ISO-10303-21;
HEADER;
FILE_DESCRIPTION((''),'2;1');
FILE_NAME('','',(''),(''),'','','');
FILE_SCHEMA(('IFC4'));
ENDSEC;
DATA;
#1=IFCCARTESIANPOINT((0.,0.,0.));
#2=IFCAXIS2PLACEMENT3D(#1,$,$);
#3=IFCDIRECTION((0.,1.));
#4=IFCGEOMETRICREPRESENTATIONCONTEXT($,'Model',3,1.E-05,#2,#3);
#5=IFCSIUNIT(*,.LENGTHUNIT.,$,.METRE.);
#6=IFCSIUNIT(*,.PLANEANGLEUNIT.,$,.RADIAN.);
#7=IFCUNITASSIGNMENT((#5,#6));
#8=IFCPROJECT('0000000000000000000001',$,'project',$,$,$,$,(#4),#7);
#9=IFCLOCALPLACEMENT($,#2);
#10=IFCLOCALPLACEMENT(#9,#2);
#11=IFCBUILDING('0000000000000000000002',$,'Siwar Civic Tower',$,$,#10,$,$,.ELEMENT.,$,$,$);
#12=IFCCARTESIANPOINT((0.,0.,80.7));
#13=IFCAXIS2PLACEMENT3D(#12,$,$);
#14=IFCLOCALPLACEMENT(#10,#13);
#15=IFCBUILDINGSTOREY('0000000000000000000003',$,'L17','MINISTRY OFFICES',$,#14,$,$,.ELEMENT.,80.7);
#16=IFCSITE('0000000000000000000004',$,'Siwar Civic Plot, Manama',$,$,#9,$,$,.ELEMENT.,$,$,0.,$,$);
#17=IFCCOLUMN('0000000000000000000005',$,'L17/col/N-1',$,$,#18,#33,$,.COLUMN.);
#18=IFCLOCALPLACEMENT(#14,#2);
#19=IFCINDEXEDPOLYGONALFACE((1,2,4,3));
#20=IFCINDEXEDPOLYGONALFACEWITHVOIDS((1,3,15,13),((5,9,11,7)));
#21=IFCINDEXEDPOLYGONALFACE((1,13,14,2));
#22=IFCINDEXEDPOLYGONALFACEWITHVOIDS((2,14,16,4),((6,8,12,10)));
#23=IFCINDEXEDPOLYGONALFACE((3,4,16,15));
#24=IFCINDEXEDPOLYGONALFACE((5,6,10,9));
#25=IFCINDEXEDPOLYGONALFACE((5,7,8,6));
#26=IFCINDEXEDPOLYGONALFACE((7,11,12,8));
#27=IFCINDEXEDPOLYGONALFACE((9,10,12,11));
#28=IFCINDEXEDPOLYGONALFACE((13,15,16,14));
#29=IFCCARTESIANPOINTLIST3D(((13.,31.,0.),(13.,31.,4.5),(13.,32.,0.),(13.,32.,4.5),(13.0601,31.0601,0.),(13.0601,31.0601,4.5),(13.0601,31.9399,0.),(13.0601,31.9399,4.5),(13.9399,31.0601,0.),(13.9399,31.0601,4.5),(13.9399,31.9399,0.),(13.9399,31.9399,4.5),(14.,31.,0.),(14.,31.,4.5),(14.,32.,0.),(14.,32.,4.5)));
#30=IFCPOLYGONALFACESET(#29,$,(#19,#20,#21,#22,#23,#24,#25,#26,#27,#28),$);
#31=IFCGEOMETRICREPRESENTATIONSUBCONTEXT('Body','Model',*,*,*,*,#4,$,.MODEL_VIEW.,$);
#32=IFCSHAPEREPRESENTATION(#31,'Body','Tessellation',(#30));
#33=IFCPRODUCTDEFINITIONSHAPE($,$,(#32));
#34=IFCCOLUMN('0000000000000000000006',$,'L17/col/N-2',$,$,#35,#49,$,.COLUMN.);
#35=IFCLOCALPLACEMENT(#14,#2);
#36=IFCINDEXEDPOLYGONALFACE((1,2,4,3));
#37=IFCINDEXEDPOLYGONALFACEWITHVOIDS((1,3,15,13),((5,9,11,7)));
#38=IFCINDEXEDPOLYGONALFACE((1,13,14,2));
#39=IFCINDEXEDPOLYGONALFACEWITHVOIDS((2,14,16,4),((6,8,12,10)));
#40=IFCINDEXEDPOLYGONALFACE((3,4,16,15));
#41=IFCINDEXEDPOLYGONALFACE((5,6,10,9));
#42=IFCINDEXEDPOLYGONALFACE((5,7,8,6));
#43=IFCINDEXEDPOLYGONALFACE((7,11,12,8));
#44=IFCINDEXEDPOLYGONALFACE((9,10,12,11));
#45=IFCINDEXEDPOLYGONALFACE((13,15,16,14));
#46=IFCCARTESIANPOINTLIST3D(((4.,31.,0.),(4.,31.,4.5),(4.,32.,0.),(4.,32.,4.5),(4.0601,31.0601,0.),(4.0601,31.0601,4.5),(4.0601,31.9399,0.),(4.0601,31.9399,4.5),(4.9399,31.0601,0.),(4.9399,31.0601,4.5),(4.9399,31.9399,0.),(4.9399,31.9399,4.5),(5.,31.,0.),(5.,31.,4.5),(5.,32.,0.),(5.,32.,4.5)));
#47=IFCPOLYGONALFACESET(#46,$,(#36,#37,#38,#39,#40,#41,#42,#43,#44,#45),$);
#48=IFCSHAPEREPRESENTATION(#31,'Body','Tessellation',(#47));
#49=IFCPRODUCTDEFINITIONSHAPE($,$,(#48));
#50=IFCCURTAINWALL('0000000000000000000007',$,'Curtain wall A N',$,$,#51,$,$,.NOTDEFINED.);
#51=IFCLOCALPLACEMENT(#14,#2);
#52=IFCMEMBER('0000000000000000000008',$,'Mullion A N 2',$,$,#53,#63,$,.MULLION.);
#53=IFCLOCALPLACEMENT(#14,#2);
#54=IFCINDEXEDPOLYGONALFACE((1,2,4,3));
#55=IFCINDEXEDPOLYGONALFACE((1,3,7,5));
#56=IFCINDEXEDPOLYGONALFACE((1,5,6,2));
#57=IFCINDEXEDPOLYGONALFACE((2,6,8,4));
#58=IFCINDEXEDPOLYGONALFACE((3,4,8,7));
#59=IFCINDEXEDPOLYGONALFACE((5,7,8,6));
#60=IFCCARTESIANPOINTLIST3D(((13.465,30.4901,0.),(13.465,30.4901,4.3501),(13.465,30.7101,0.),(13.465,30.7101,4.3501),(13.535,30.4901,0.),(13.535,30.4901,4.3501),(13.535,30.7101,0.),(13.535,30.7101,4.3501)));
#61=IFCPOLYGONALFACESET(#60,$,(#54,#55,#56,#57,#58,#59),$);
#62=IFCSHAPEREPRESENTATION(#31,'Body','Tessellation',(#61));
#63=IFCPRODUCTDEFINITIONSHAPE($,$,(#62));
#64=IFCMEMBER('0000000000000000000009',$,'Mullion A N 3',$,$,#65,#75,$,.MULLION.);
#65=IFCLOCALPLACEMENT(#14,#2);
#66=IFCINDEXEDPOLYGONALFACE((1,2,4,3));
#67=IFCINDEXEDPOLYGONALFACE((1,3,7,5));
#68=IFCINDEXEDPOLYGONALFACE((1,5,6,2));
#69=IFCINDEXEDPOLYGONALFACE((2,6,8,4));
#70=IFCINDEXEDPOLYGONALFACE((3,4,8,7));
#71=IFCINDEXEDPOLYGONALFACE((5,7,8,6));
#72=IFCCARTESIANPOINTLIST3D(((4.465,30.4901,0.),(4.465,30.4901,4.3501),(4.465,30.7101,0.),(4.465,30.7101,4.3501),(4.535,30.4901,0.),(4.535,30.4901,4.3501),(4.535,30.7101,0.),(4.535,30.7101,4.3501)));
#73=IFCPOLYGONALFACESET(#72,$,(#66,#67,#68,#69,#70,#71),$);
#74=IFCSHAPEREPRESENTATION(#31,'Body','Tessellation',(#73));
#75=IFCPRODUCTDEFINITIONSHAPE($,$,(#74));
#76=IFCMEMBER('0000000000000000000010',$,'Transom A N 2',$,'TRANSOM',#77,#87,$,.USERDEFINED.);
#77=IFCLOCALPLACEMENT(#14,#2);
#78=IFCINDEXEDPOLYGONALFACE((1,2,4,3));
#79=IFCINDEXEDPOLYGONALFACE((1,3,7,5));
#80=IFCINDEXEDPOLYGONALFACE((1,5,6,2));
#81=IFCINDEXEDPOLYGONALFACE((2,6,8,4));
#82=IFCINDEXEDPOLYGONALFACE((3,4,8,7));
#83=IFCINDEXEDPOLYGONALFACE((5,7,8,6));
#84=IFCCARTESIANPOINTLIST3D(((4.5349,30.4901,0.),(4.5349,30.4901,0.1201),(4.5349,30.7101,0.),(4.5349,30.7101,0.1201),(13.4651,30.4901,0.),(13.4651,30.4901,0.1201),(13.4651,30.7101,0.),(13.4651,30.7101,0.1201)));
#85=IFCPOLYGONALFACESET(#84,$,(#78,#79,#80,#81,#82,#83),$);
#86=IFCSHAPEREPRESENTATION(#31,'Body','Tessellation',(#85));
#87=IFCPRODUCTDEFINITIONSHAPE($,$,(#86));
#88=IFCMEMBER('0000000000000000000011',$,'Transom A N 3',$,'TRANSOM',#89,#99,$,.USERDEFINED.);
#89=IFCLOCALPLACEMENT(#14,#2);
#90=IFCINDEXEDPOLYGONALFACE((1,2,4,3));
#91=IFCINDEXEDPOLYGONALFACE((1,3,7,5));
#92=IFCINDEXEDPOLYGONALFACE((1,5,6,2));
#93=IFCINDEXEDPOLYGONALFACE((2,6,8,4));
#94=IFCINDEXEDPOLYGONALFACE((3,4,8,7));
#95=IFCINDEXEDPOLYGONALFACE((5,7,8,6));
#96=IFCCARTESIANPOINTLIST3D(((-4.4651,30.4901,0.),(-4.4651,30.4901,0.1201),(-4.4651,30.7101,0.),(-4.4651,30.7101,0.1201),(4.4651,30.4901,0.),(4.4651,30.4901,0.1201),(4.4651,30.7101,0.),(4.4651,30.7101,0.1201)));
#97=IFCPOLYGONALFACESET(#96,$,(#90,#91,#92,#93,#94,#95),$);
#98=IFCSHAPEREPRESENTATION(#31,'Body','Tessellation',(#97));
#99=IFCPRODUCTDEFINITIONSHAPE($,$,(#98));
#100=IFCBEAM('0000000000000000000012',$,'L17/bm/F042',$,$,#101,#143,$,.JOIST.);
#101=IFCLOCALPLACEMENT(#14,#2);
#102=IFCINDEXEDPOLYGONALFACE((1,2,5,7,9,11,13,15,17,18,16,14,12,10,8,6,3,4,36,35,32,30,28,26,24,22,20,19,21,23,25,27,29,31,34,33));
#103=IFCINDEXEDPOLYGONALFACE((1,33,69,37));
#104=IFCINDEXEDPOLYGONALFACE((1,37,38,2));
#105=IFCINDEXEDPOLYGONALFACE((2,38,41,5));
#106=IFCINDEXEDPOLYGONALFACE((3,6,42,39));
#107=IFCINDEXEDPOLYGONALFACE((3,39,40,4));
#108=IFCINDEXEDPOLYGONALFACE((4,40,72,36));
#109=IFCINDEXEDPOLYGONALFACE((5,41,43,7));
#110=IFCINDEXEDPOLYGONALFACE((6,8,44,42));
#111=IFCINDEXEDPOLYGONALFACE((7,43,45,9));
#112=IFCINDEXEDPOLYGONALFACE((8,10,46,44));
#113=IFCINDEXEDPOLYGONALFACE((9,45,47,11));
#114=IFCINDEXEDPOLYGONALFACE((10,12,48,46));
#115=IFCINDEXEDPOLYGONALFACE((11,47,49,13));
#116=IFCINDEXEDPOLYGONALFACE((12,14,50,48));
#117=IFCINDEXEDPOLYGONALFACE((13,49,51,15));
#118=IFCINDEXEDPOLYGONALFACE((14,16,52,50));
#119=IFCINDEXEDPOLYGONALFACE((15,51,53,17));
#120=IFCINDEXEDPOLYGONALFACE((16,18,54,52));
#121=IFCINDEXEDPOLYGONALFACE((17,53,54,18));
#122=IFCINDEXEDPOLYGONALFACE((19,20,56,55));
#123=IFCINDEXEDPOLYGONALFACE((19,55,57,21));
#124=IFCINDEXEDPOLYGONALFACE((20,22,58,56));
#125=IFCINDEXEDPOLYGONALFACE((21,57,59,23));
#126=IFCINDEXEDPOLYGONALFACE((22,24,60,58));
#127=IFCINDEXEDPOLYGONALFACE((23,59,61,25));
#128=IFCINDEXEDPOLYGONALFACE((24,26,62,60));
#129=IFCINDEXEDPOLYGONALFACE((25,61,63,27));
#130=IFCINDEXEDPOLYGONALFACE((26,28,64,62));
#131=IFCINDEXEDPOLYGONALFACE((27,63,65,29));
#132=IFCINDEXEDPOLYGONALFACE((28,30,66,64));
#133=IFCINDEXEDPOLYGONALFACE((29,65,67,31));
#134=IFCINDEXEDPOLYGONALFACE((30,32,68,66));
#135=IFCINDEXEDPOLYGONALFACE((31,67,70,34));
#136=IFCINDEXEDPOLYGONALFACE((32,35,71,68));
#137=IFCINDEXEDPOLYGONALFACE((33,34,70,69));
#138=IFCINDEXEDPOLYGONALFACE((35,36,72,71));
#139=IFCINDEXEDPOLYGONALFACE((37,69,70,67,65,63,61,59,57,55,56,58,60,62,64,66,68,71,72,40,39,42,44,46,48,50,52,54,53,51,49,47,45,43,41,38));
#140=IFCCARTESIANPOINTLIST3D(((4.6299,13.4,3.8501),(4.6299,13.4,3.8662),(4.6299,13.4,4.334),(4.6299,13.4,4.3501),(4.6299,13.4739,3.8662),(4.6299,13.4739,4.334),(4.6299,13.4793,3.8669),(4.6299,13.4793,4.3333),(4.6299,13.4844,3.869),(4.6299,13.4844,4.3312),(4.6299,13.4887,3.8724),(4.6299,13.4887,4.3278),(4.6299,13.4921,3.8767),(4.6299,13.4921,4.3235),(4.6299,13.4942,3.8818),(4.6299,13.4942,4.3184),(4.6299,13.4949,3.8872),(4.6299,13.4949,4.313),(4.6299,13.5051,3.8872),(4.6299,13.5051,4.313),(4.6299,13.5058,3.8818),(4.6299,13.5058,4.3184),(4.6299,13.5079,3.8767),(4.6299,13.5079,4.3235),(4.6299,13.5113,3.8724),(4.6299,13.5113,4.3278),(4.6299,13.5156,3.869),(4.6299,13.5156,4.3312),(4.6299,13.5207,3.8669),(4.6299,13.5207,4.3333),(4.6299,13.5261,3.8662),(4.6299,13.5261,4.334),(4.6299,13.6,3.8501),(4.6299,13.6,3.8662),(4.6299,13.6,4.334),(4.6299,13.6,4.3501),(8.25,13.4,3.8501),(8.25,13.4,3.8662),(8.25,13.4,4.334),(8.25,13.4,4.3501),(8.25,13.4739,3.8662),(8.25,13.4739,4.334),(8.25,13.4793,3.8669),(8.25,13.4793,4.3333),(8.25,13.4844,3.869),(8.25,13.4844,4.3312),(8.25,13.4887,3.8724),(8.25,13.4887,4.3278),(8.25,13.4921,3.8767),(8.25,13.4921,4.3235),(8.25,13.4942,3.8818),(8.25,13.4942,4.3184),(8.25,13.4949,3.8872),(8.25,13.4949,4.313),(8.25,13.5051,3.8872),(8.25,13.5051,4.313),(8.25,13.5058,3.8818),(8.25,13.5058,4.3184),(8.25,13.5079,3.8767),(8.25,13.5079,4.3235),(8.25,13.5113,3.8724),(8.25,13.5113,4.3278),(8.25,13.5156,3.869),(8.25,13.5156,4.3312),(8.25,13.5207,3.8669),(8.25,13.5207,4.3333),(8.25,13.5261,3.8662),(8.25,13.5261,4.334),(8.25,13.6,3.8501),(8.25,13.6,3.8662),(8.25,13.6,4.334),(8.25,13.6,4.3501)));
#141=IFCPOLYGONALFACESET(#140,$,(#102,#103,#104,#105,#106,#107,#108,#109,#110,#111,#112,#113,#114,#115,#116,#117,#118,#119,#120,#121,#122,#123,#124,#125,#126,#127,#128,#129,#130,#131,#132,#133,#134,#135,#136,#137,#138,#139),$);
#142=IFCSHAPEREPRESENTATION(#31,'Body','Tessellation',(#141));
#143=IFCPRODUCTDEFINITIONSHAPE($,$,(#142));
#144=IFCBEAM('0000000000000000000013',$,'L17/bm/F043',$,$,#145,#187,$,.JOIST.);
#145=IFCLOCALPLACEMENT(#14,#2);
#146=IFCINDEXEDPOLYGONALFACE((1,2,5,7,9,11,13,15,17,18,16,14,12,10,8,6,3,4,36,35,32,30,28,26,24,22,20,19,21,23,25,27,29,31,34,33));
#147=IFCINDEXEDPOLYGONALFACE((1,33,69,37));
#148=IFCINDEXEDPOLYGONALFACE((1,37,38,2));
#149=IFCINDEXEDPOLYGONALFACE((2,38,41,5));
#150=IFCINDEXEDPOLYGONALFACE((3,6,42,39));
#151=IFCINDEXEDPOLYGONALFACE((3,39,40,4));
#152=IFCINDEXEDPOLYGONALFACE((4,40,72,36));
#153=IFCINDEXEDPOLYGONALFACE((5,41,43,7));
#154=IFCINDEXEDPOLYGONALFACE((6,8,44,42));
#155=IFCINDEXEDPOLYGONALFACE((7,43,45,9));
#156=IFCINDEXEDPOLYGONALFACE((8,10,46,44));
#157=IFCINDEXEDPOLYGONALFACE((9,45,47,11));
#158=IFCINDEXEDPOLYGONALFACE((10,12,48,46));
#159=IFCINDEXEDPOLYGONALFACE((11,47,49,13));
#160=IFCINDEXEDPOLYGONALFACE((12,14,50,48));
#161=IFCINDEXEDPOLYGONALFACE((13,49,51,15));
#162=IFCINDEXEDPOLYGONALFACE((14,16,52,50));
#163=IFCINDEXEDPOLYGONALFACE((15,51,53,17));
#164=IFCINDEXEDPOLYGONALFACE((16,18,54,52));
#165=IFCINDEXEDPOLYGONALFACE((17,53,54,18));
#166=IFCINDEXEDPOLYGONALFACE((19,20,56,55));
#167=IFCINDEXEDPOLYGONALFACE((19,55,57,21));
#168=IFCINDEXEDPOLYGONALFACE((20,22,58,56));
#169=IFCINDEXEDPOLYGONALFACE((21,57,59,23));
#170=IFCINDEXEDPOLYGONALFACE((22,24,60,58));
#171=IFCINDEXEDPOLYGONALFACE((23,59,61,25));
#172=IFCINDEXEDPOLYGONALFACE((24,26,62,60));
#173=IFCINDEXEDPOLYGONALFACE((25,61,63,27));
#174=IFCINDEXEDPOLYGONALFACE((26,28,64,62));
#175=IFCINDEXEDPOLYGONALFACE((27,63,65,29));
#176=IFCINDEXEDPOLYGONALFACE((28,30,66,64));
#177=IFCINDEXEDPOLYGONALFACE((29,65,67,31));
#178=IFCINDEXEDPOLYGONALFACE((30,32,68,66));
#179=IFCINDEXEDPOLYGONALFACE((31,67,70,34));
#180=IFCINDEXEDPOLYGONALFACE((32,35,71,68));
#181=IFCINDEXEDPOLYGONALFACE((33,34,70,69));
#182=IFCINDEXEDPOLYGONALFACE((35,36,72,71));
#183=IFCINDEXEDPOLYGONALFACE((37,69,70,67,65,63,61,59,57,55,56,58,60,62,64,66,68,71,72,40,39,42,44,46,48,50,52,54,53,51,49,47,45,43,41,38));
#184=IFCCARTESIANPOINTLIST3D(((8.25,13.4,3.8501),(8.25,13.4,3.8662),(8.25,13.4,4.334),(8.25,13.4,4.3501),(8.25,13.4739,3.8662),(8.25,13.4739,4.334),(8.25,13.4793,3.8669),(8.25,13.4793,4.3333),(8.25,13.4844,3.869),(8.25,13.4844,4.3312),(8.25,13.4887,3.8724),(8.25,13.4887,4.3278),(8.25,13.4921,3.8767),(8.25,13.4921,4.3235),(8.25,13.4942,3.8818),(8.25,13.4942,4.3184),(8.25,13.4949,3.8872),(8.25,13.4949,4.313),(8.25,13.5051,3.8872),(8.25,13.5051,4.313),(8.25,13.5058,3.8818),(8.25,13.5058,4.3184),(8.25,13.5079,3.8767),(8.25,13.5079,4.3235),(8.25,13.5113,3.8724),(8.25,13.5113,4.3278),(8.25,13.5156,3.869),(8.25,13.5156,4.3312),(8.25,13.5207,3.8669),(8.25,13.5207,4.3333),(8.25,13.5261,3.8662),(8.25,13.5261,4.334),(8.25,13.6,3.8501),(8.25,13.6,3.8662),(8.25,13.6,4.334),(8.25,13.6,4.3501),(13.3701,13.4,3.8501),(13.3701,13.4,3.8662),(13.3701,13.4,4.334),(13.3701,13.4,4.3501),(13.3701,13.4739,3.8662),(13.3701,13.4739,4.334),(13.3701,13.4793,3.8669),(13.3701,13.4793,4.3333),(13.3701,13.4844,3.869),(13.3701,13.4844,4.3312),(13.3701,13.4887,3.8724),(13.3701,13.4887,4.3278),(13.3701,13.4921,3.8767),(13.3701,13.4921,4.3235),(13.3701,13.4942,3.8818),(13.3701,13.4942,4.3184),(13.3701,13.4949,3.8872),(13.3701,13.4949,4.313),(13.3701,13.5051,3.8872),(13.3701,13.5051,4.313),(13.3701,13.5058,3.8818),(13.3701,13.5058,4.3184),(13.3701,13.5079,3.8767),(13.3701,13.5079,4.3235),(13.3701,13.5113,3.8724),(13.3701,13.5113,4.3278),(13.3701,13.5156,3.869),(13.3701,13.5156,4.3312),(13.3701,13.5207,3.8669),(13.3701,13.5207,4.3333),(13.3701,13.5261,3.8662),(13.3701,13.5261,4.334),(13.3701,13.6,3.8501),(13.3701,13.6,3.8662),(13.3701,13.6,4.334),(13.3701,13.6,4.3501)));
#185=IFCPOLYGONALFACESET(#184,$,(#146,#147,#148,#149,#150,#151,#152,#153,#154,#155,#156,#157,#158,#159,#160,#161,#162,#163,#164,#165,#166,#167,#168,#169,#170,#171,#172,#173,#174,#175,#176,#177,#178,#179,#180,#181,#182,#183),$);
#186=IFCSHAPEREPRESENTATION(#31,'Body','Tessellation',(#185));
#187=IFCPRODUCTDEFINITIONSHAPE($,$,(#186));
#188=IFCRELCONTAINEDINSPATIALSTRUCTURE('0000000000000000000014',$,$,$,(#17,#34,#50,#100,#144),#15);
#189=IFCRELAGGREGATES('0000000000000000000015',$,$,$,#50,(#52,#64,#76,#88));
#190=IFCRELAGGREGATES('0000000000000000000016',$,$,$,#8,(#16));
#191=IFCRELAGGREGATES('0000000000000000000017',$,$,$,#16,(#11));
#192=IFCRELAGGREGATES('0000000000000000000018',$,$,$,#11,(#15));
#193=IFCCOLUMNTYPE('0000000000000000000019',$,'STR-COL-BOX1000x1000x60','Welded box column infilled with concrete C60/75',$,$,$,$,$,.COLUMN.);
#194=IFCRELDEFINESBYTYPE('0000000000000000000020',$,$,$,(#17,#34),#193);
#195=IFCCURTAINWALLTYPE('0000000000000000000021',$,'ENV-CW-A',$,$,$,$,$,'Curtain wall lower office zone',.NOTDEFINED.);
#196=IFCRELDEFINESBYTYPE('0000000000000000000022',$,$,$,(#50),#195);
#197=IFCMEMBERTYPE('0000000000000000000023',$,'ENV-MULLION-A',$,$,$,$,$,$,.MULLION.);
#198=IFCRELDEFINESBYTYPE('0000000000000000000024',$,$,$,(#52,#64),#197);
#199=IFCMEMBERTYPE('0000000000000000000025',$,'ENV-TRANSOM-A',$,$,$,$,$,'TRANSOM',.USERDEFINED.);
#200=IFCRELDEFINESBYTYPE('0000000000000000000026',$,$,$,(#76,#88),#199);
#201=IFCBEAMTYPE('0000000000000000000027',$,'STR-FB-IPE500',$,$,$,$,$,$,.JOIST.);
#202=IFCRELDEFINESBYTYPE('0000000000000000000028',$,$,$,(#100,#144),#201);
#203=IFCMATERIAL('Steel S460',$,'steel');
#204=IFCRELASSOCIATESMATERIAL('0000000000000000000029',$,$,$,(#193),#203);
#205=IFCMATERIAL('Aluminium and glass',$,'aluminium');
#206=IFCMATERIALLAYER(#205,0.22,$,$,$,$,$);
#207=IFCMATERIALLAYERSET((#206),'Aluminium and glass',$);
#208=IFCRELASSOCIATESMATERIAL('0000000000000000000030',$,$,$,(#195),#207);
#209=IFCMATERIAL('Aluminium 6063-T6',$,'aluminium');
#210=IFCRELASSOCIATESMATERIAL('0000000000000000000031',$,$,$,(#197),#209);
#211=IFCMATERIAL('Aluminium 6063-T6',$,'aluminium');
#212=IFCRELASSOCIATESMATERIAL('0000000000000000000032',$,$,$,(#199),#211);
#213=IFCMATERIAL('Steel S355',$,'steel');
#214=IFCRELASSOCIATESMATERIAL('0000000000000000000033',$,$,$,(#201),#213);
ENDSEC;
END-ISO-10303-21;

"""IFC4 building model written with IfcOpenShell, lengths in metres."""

from ifc_helpers import new_model, si_unit, direction, frame, origin, origin_2d, place, context, subcontext, project, spatial, rectangle, hollow_rectangle, i_section, extrude, material, layer, layer_set, material_profile, profile_set, type_object, element, aggregate, save


model = new_model("IFC4")

# Units and contexts
model_context = context("Model", 3, precision=1e-05, world=origin(), true_north=direction((0.0, 1.0)))
body_context = subcontext(model_context, "Body", "Model", "MODEL_VIEW")
ifc_project = project(units=[si_unit("LENGTHUNIT", "METRE"), si_unit("PLANEANGLEUNIT", "RADIAN")], contexts=[model_context])

# Site, building, storey
site_placement = place(None, origin())
site = spatial("IfcSite", under=ifc_project, at=site_placement, Name="Siwar Civic Plot, Manama", CompositionType="ELEMENT", RefElevation=0.0)
building_placement = place(site_placement, origin())
building = spatial("IfcBuilding", under=site, at=building_placement, Name="Siwar Civic Tower", CompositionType="ELEMENT")
storey_placement = place(building_placement, frame((0.0, 0.0, 80.7)))
storey = spatial("IfcBuildingStorey", under=building, at=storey_placement, Name="L17", Description="MINISTRY OFFICES", CompositionType="ELEMENT", Elevation=80.7)

# Columns
ifc_material_1 = material(Name="Steel S460", Category="steel")
ifc_material_profile_1 = material_profile(ifc_material_1, hollow_rectangle(XDim=1.0, YDim=1.0, WallThickness=0.0601, at=origin_2d()), Name="BOX1000x1000x60")
ifc_profile_set_1 = profile_set([ifc_material_profile_1], Name="Steel S460")
column_type = type_object("IfcColumnType", Name="STR-COL-BOX1000x1000x60", Description="Welded box column infilled with concrete C60/75", PredefinedType="COLUMN", material=ifc_profile_set_1)
for number, where, z_axis, x_axis, name in (
    (1, (13.5, 31.5, 0.0), (0.0, 0.0, 1.0), (1.0, 0.0, 0.0), "L17/col/N-1"),
    (2, (4.5, 31.5, 0.0), (0.0, 0.0, 1.0), (1.0, 0.0, 0.0), "L17/col/N-2"),
):
    element("IfcColumn", number, at=place(storey_placement, frame(where, z_axis=z_axis, x_axis=x_axis)), inside=storey, type_object=column_type, Name=name, PredefinedType="COLUMN", context=body_context, shape_type="SweptSolid", body=[
        extrude(hollow_rectangle(XDim=1.0, YDim=1.0, WallThickness=0.0601, at=origin_2d()), origin(), (0.0, 0.0, 1.0), 4.5),
    ])

# Curtain wall, members
ifc_material_2 = material(Name="Aluminium and glass", Category="aluminium")
ifc_layer_1 = layer(ifc_material_2, 0.22)
ifc_layer_set_1 = layer_set([ifc_layer_1], Name="Aluminium and glass")
curtain_wall_type = type_object("IfcCurtainWallType", Name="ENV-CW-A", ElementType="Curtain wall lower office zone", PredefinedType="NOTDEFINED", material=ifc_layer_set_1)
curtain_wall_placement = place(storey_placement, origin())
curtain_wall = element("IfcCurtainWall", 3, at=curtain_wall_placement, inside=storey, type_object=curtain_wall_type, Name="Curtain wall A N", PredefinedType="NOTDEFINED")
ifc_material_3 = material(Name="Aluminium 6063-T6", Category="aluminium")
ifc_material_profile_2 = material_profile(ifc_material_3, rectangle(XDim=0.22, YDim=0.0701, at=origin_2d()), Name="AL 220x70")
ifc_profile_set_2 = profile_set([ifc_material_profile_2], Name="Aluminium 6063-T6")
member_type_1 = type_object("IfcMemberType", Name="ENV-MULLION-A", PredefinedType="MULLION", material=ifc_profile_set_2)
member_1_placement = place(storey_placement, frame((13.5, 30.6001, 0.0), z_axis=(0.0, 0.0, 1.0), x_axis=(0.0, -1.0, 0.0)))
member_1 = element("IfcMember", 4, at=member_1_placement, type_object=member_type_1, Name="Mullion A N 2", PredefinedType="MULLION", context=body_context, shape_type="SweptSolid", body=[
    extrude(rectangle(XDim=0.22, YDim=0.0701, at=origin_2d()), origin(), (0.0, 0.0, 1.0), 4.3501),
])
member_2_placement = place(storey_placement, frame((4.5, 30.6001, 0.0), z_axis=(0.0, 0.0, 1.0), x_axis=(0.0, -1.0, 0.0)))
member_2 = element("IfcMember", 5, at=member_2_placement, type_object=member_type_1, Name="Mullion A N 3", PredefinedType="MULLION", context=body_context, shape_type="SweptSolid", body=[
    extrude(rectangle(XDim=0.22, YDim=0.0701, at=origin_2d()), origin(), (0.0, 0.0, 1.0), 4.3501),
])
ifc_material_4 = material(Name="Aluminium 6063-T6", Category="aluminium")
ifc_material_profile_3 = material_profile(ifc_material_4, rectangle(XDim=0.22, YDim=0.1201, at=origin_2d()), Name="AL 220x120")
ifc_profile_set_3 = profile_set([ifc_material_profile_3], Name="Aluminium 6063-T6")
member_type_2 = type_object("IfcMemberType", Name="ENV-TRANSOM-A", ElementType="TRANSOM", PredefinedType="USERDEFINED", material=ifc_profile_set_3)
member_3_placement = place(storey_placement, frame((13.4651, 30.6001, 0.0601), z_axis=(-1.0, 0.0, 0.0), x_axis=(0.0, -1.0, 0.0)))
member_3 = element("IfcMember", 6, at=member_3_placement, type_object=member_type_2, Name="Transom A N 2", ObjectType="TRANSOM", PredefinedType="USERDEFINED", context=body_context, shape_type="SweptSolid", body=[
    extrude(rectangle(XDim=0.22, YDim=0.1201, at=origin_2d()), origin(), (0.0, 0.0, 1.0), 8.9302),
])
member_4_placement = place(storey_placement, frame((4.4651, 30.6001, 0.0601), z_axis=(-1.0, 0.0, 0.0), x_axis=(0.0, -1.0, 0.0)))
member_4 = element("IfcMember", 7, at=member_4_placement, type_object=member_type_2, Name="Transom A N 3", ObjectType="TRANSOM", PredefinedType="USERDEFINED", context=body_context, shape_type="SweptSolid", body=[
    extrude(rectangle(XDim=0.22, YDim=0.1201, at=origin_2d()), origin(), (0.0, 0.0, 1.0), 8.9302),
])

# Beams
ifc_material_5 = material(Name="Steel S355", Category="steel")
ifc_material_profile_4 = material_profile(ifc_material_5, i_section(OverallWidth=0.2, OverallDepth=0.5, WebThickness=0.0103, FlangeThickness=0.0161, FilletRadius=0.021, at=origin_2d()), Name="IPE500")
ifc_profile_set_4 = profile_set([ifc_material_profile_4], Name="Steel S355")
beam_type_1 = type_object("IfcBeamType", Name="STR-FB-IPE500", PredefinedType="JOIST", material=ifc_profile_set_4)
beam_1_placement = place(storey_placement, frame((4.6299, 13.5, 4.1001), z_axis=(1.0, 0.0, 0.0), x_axis=(0.0, 1.0, 0.0)))
element("IfcBeam", 8, at=beam_1_placement, inside=storey, type_object=beam_type_1, Name="L17/bm/F042", PredefinedType="JOIST", context=body_context, shape_type="SweptSolid", body=[
    extrude(i_section(OverallWidth=0.2, OverallDepth=0.5, WebThickness=0.0103, FlangeThickness=0.0161, FilletRadius=0.021, at=origin_2d()), origin(), (0.0, 0.0, 1.0), 3.6201),
])
beam_2_placement = place(storey_placement, frame((8.25, 13.5, 4.1001), z_axis=(1.0, 0.0, 0.0), x_axis=(0.0, 1.0, 0.0)))
element("IfcBeam", 9, at=beam_2_placement, inside=storey, type_object=beam_type_1, Name="L17/bm/F043", PredefinedType="JOIST", context=body_context, shape_type="SweptSolid", body=[
    extrude(i_section(OverallWidth=0.2, OverallDepth=0.5, WebThickness=0.0103, FlangeThickness=0.0161, FilletRadius=0.021, at=origin_2d()), origin(), (0.0, 0.0, 1.0), 5.1201),
])

aggregate(curtain_wall, [member_1, member_2, member_3, member_4])

save(model, "model.ifc")
